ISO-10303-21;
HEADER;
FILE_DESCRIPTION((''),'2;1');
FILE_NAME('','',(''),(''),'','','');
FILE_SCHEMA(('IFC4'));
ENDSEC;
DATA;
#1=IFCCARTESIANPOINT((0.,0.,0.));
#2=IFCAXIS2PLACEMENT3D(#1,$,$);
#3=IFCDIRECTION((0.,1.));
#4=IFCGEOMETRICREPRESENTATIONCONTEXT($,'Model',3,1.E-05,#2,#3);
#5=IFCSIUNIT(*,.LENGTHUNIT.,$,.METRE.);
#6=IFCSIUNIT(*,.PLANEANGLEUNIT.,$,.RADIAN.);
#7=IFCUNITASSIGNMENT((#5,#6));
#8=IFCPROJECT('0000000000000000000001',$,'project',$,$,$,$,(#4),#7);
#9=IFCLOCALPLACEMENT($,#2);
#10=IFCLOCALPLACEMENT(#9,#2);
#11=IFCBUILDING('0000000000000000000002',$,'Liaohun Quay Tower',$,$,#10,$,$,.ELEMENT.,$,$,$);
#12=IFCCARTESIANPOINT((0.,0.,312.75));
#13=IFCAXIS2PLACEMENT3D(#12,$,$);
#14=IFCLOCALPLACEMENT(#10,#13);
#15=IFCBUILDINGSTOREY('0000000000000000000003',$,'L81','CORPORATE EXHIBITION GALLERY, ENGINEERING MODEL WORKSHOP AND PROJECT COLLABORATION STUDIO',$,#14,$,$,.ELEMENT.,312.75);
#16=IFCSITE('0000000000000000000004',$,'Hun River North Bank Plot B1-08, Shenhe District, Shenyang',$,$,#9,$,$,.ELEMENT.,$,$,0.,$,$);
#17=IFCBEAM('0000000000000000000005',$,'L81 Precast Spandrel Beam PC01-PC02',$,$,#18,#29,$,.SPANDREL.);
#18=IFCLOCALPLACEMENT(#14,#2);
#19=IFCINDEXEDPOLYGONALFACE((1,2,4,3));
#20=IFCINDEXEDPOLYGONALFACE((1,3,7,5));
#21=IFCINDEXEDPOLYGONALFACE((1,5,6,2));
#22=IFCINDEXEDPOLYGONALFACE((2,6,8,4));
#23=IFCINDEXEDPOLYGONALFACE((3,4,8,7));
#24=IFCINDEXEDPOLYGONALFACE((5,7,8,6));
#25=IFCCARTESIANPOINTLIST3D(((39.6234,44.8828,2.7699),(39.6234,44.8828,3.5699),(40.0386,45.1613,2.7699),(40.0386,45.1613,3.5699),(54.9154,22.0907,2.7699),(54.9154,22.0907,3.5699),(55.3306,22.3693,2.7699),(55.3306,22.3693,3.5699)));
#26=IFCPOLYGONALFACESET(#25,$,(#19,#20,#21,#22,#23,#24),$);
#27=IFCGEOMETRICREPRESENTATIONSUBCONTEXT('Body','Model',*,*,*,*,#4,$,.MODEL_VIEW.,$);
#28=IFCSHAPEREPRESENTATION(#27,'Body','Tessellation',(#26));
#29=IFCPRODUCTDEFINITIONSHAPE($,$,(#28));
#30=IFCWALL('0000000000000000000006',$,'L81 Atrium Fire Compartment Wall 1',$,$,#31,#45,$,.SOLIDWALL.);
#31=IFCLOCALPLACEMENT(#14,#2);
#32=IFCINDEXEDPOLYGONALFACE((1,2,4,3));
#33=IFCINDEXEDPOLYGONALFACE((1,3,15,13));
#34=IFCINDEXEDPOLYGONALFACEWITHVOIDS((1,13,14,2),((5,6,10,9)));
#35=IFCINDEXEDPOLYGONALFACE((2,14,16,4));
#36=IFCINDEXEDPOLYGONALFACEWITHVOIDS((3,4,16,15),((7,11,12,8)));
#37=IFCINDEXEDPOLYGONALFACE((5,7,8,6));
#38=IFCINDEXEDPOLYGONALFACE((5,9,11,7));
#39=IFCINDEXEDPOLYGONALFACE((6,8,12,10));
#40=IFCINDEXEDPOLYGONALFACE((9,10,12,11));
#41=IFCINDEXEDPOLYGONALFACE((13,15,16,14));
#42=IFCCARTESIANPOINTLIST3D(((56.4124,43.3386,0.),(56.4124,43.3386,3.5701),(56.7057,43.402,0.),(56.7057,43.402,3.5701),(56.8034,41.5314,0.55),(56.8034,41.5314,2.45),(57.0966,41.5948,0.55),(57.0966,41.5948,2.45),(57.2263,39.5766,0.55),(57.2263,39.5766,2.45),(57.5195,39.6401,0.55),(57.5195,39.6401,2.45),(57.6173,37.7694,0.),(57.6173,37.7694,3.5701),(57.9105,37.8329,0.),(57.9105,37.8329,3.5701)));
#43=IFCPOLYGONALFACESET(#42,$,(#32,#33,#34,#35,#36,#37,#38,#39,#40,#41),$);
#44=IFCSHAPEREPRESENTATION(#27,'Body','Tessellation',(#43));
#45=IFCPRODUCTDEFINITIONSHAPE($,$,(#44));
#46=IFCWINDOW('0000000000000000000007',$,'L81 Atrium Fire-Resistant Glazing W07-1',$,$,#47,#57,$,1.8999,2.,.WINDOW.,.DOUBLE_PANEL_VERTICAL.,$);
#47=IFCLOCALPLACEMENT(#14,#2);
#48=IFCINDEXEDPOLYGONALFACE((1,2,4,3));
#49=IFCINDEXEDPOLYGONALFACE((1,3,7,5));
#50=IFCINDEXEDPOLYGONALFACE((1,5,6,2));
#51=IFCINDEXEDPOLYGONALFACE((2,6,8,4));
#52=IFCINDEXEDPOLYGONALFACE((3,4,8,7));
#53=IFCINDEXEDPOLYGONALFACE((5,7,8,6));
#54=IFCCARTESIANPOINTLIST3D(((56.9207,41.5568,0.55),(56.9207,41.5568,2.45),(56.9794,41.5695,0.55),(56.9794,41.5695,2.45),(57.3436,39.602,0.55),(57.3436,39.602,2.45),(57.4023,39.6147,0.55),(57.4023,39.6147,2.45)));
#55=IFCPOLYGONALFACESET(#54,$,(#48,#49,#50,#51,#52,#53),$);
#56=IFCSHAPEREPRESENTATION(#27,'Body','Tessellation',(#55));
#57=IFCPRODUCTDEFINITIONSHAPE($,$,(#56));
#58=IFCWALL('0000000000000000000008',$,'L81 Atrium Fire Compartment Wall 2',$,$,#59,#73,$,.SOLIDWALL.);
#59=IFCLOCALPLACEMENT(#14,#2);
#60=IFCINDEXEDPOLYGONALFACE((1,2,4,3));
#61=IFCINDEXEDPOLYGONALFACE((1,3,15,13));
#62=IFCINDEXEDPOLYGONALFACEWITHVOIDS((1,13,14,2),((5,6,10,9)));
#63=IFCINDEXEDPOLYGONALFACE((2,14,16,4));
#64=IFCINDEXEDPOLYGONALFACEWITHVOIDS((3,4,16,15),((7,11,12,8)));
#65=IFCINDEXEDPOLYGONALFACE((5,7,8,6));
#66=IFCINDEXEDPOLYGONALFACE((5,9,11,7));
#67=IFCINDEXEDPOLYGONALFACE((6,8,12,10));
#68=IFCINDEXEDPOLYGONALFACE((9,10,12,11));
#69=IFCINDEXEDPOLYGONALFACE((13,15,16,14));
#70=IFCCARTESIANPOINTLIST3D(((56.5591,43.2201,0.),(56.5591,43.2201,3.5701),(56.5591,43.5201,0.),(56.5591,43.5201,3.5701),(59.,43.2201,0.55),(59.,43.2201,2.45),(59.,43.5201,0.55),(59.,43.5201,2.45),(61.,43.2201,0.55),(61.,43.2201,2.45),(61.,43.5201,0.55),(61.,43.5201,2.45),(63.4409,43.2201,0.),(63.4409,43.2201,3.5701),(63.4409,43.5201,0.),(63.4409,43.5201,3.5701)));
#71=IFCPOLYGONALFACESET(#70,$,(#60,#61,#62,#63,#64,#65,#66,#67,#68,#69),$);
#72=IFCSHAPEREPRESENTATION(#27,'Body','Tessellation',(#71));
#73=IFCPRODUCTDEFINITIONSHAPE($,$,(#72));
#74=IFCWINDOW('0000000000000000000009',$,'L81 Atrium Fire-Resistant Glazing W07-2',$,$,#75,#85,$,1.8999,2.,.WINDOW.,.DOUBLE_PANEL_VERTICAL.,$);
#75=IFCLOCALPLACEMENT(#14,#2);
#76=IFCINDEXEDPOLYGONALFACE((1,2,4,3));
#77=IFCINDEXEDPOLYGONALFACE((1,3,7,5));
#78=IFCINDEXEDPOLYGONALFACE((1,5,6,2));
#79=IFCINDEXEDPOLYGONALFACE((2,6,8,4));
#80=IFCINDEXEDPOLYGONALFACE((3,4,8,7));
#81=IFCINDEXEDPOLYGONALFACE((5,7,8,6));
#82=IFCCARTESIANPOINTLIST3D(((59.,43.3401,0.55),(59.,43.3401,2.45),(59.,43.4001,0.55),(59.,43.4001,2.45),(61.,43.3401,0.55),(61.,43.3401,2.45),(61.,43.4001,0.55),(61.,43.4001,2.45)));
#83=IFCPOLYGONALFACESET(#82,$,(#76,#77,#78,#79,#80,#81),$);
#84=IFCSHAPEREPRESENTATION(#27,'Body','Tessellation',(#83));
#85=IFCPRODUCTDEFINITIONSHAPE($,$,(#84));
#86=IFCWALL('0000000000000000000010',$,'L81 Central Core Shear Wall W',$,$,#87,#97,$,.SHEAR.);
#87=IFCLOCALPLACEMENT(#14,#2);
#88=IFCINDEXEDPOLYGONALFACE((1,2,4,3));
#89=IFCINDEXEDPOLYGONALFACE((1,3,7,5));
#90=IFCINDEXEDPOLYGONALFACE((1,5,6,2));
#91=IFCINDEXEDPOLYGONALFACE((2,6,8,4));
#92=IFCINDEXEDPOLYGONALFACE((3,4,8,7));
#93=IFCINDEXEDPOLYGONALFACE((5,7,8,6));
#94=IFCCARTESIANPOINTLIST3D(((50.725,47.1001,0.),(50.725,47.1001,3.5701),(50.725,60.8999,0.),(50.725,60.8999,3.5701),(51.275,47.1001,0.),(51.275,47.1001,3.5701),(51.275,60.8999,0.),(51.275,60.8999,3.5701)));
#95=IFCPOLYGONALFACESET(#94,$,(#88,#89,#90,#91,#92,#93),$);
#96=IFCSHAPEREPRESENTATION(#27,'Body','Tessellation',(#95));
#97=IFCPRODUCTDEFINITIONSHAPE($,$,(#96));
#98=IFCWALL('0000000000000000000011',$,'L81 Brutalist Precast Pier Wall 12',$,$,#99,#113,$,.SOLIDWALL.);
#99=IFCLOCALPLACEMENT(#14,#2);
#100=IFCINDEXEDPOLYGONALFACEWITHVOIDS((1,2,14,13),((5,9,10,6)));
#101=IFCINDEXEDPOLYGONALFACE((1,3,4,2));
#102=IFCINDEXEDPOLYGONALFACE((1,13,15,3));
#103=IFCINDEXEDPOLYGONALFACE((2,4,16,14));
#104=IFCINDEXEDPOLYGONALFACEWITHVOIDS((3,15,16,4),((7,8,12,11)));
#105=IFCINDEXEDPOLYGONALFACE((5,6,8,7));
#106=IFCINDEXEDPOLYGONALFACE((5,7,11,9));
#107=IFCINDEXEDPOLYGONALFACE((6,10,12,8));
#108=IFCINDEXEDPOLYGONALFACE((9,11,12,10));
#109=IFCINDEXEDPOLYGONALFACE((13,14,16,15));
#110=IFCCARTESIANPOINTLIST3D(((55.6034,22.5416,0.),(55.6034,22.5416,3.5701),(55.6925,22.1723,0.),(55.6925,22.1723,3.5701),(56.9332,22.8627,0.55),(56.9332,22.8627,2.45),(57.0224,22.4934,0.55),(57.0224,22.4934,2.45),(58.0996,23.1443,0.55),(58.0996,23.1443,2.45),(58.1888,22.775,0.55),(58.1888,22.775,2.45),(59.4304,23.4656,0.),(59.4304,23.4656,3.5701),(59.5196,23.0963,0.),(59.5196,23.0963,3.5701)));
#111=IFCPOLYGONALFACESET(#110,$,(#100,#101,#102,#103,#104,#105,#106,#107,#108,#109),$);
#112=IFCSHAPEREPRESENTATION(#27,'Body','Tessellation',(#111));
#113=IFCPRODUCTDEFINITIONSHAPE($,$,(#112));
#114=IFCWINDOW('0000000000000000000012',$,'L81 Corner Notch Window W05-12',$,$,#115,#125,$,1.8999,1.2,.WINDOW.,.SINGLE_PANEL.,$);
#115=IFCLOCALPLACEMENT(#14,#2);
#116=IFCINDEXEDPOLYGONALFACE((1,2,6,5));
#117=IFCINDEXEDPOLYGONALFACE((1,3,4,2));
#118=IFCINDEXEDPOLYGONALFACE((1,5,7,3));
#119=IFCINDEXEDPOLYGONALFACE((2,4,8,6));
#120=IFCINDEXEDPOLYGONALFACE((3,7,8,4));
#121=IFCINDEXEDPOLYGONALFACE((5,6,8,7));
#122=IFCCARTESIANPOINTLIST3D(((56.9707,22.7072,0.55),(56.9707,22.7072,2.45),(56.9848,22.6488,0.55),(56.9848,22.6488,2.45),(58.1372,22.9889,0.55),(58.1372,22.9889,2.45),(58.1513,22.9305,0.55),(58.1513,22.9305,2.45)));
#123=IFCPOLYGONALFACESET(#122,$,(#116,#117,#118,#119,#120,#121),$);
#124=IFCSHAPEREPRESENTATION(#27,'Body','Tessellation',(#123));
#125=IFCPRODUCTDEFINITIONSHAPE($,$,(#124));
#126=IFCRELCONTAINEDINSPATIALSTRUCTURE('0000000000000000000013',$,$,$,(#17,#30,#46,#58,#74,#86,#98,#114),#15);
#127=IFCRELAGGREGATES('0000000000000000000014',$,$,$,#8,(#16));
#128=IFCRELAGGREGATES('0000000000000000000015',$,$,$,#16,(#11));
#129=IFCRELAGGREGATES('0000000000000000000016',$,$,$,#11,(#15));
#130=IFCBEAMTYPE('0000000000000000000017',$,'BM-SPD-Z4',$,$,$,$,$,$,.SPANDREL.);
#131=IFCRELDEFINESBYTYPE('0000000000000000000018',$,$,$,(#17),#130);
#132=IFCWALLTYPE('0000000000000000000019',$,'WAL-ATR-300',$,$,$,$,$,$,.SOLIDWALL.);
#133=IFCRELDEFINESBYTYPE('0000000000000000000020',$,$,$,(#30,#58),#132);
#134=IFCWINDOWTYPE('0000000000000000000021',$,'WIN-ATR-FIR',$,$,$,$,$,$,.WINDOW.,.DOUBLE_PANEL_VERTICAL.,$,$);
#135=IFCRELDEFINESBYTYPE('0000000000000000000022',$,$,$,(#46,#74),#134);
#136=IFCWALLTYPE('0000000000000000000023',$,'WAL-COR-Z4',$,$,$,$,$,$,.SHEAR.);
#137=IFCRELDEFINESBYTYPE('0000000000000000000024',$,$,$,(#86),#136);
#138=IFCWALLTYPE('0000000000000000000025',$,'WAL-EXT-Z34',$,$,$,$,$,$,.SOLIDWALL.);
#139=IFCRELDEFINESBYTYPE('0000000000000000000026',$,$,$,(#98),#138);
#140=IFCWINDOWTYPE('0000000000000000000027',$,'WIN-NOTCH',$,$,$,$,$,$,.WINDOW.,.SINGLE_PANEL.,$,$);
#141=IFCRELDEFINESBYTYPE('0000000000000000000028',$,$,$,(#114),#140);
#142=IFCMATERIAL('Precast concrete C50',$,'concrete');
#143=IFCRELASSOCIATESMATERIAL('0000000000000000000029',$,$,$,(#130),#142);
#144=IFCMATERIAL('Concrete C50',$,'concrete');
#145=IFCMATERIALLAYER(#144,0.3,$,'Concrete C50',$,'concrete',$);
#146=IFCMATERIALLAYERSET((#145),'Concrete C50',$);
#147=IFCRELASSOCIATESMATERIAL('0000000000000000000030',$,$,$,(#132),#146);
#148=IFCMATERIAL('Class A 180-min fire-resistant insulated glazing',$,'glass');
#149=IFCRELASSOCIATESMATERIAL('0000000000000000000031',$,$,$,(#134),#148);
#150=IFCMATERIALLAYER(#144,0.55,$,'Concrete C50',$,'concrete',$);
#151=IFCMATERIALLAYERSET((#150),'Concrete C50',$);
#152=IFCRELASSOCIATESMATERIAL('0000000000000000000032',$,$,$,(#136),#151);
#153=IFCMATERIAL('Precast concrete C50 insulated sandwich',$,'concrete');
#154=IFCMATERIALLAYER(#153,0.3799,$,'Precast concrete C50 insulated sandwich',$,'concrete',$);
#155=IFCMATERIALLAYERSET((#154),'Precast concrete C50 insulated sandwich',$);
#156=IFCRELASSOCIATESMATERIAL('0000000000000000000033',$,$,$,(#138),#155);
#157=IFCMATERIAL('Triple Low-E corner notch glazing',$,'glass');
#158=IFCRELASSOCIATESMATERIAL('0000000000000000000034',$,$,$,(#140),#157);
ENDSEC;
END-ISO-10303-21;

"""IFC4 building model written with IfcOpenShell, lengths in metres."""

from ifc_helpers import new_model, si_unit, direction, frame, frame_2d, origin, origin_2d, place, context, subcontext, project, spatial, rectangle, extrude, source, transform, mapped, material, layer, layer_set, material_profile, profile_set, type_object, element, fill, save


model = new_model("IFC4")

# Units and contexts
model_context = context("Model", 3, precision=1e-05, world=origin(), true_north=direction((0.0, 1.0)))
body_context = subcontext(model_context, "Body", "Model", "MODEL_VIEW")
ifc_project = project(units=[si_unit("LENGTHUNIT", "METRE"), si_unit("PLANEANGLEUNIT", "RADIAN")], contexts=[model_context])

# Site, building, storey
site_placement = place(None, origin())
site = spatial("IfcSite", under=ifc_project, at=site_placement, Name="Hun River North Bank Plot B1-08, Shenhe District, Shenyang", CompositionType="ELEMENT", RefElevation=0.0)
building_placement = place(site_placement, origin())
building = spatial("IfcBuilding", under=site, at=building_placement, Name="Liaohun Quay Tower", CompositionType="ELEMENT")
storey_placement = place(building_placement, frame((0.0, 0.0, 312.75)))
storey = spatial("IfcBuildingStorey", under=building, at=storey_placement, Name="L81", Description="CORPORATE EXHIBITION GALLERY, ENGINEERING MODEL WORKSHOP AND PROJECT COLLABORATION STUDIO", CompositionType="ELEMENT", Elevation=312.75)

# Shared definitions
ifc_material_1 = material(Name="Concrete C50", Category="concrete")

# Beam
ifc_material_2 = material(Name="Precast concrete C50", Category="concrete")
ifc_material_profile_1 = material_profile(ifc_material_2, rectangle(XDim=0.5, YDim=0.8, at=origin_2d()), Name="RC500x800")
ifc_profile_set_1 = profile_set([ifc_material_profile_1], Name="Precast concrete C50")
beam_type_1 = type_object("IfcBeamType", Name="BM-SPD-Z4", PredefinedType="SPANDREL", material=ifc_profile_set_1)
shared_shape_1 = source(origin(), body_context, "Body", "SweptSolid", [
    extrude(rectangle(XDim=0.5, YDim=0.8, at=origin_2d()), origin(), (0.0, 0.0, 1.0), 27.4468),
])
beam_1_placement = place(storey_placement, frame((55.123, 22.23, 3.1699), z_axis=(-0.557153, 0.83041, 0.0), x_axis=(-0.83041, -0.557153, 0.0)))
element("IfcBeam", 1, at=beam_1_placement, inside=storey, type_object=beam_type_1, Name="L81 Precast Spandrel Beam PC01-PC02", PredefinedType="SPANDREL", context=body_context, shape_type="MappedRepresentation", body=[
    mapped(shared_shape_1, transform((0.0, 0.0, 0.0), x_axis=(1.0, 0.0, 0.0), y_axis=(0.0, 1.0, 0.0), z_axis=(0.0, 0.0, 1.0), scale=1.0)),
])

# Walls, openings, windows
ifc_layer_1 = layer(ifc_material_1, 0.3, Name="Concrete C50", Category="concrete")
ifc_layer_set_1 = layer_set([ifc_layer_1], Name="Concrete C50")
wall_type_1 = type_object("IfcWallType", Name="WAL-ATR-300", PredefinedType="SOLIDWALL", material=ifc_layer_set_1)
wall_1_placement = place(storey_placement, frame((57.7639, 37.801, 0.0), z_axis=(0.0, 0.0, 1.0), x_axis=(-0.211451, 0.977389, 0.0)))
wall_1 = element("IfcWall", 2, at=wall_1_placement, inside=storey, type_object=wall_type_1, Name="L81 Atrium Fire Compartment Wall 1", PredefinedType="SOLIDWALL", context=body_context, shape_type="SweptSolid", body=[
    extrude(rectangle(XDim=5.698, YDim=0.3, at=frame_2d((2.8491, 0.0))), origin(), (0.0, 0.0, 1.0), 3.5701),
])
shared_shape_2 = source(origin(), body_context, "Body", "SweptSolid", [
    extrude(rectangle(XDim=2.0, YDim=1.8999, at=frame_2d((1.0, 0.95))), frame((0.0, 0.1599, 0.0), z_axis=(0.0, -1.0, 0.0), x_axis=(1.0, 0.0, 0.0)), (0.0, 0.0, 1.0), 0.3201),
])
opening_1_placement = place(wall_1_placement, frame((1.8491, 0.0, 0.55)))
opening_1 = element("IfcOpeningElement", 3, at=opening_1_placement, cuts=wall_1, PredefinedType="OPENING", context=body_context, shape_type="MappedRepresentation", body=[
    mapped(shared_shape_2, transform((0.0, 0.0, 0.0), x_axis=(1.0, 0.0, 0.0), y_axis=(0.0, 1.0, 0.0), z_axis=(0.0, 0.0, 1.0), scale=1.0)),
])
ifc_material_3 = material(Name="Class A 180-min fire-resistant insulated glazing", Category="glass")
window_type_1 = type_object("IfcWindowType", Name="WIN-ATR-FIR", PartitioningType="DOUBLE_PANEL_VERTICAL", PredefinedType="WINDOW", material=ifc_material_3)
shared_shape_3 = source(origin(), body_context, "Body", "SweptSolid", [
    extrude(rectangle(XDim=2.0, YDim=1.8999, at=frame_2d((1.0, 0.95))), frame((0.0, 0.03, 0.0), z_axis=(0.0, -1.0, 0.0), x_axis=(1.0, 0.0, 0.0)), (0.0, 0.0, 1.0), 0.0601),
])
window_1_placement = place(opening_1_placement, origin())
window_1 = element("IfcWindow", 4, at=window_1_placement, inside=storey, type_object=window_type_1, Name="L81 Atrium Fire-Resistant Glazing W07-1", OverallHeight=1.8999, OverallWidth=2.0, PartitioningType="DOUBLE_PANEL_VERTICAL", PredefinedType="WINDOW", context=body_context, shape_type="MappedRepresentation", body=[
    mapped(shared_shape_3, transform((0.0, 0.0, 0.0), x_axis=(1.0, 0.0, 0.0), y_axis=(0.0, 1.0, 0.0), z_axis=(0.0, 0.0, 1.0), scale=1.0)),
])
fill(opening_1, window_1)
wall_2_placement = place(storey_placement, frame((56.5591, 43.3701, 0.0), z_axis=(0.0, 0.0, 1.0), x_axis=(1.0, 0.0, 0.0)))
wall_2 = element("IfcWall", 5, at=wall_2_placement, inside=storey, type_object=wall_type_1, Name="L81 Atrium Fire Compartment Wall 2", PredefinedType="SOLIDWALL", context=body_context, shape_type="SweptSolid", body=[
    extrude(rectangle(XDim=6.8818, YDim=0.3, at=frame_2d((3.4409, 0.0))), origin(), (0.0, 0.0, 1.0), 3.5701),
])
opening_2_placement = place(wall_2_placement, frame((2.4409, 0.0, 0.55)))
opening_2 = element("IfcOpeningElement", 6, at=opening_2_placement, cuts=wall_2, PredefinedType="OPENING", context=body_context, shape_type="MappedRepresentation", body=[
    mapped(shared_shape_2, transform((0.0, 0.0, 0.0), x_axis=(1.0, 0.0, 0.0), y_axis=(0.0, 1.0, 0.0), z_axis=(0.0, 0.0, 1.0), scale=1.0)),
])
window_2_placement = place(opening_2_placement, origin())
window_2 = element("IfcWindow", 7, at=window_2_placement, inside=storey, type_object=window_type_1, Name="L81 Atrium Fire-Resistant Glazing W07-2", OverallHeight=1.8999, OverallWidth=2.0, PartitioningType="DOUBLE_PANEL_VERTICAL", PredefinedType="WINDOW", context=body_context, shape_type="MappedRepresentation", body=[
    mapped(shared_shape_3, transform((0.0, 0.0, 0.0), x_axis=(1.0, 0.0, 0.0), y_axis=(0.0, 1.0, 0.0), z_axis=(0.0, 0.0, 1.0), scale=1.0)),
])
fill(opening_2, window_2)

# Wall
ifc_layer_2 = layer(ifc_material_1, 0.55, Name="Concrete C50", Category="concrete")
ifc_layer_set_2 = layer_set([ifc_layer_2], Name="Concrete C50")
wall_type_2 = type_object("IfcWallType", Name="WAL-COR-Z4", PredefinedType="SHEAR", material=ifc_layer_set_2)
wall_3_placement = place(storey_placement, frame((51.0, 47.1001, 0.0), z_axis=(0.0, 0.0, 1.0), x_axis=(0.0, 1.0, 0.0)))
element("IfcWall", 8, at=wall_3_placement, inside=storey, type_object=wall_type_2, Name="L81 Central Core Shear Wall W", PredefinedType="SHEAR", context=body_context, shape_type="SweptSolid", body=[
    extrude(rectangle(XDim=13.7998, YDim=0.55, at=frame_2d((6.8999, 0.0))), origin(), (0.0, 0.0, 1.0), 3.5701),
])

# Wall, opening, window
ifc_material_4 = material(Name="Precast concrete C50 insulated sandwich", Category="concrete")
ifc_layer_3 = layer(ifc_material_4, 0.3799, Name="Precast concrete C50 insulated sandwich", Category="concrete")
ifc_layer_set_3 = layer_set([ifc_layer_3], Name="Precast concrete C50 insulated sandwich")
wall_type_3 = type_object("IfcWallType", Name="WAL-EXT-Z34", PredefinedType="SOLIDWALL", material=ifc_layer_set_3)
wall_4_placement = place(storey_placement, frame((55.6479, 22.3569, 0.0), z_axis=(0.0, 0.0, 1.0), x_axis=(0.972066, 0.234707, 0.0)))
wall_4 = element("IfcWall", 9, at=wall_4_placement, inside=storey, type_object=wall_type_3, Name="L81 Brutalist Precast Pier Wall 12", PredefinedType="SOLIDWALL", context=body_context, shape_type="SweptSolid", body=[
    extrude(rectangle(XDim=3.937, YDim=0.3799, at=frame_2d((1.9685, 0.0))), origin(), (0.0, 0.0, 1.0), 3.5701),
])
shared_shape_4 = source(origin(), body_context, "Body", "SweptSolid", [
    extrude(rectangle(XDim=1.2, YDim=1.8999, at=frame_2d((0.6001, 0.95))), frame((0.0, 0.2, 0.0), z_axis=(0.0, -1.0, 0.0), x_axis=(1.0, 0.0, 0.0)), (0.0, 0.0, 1.0), 0.3999),
])
opening_3_placement = place(wall_4_placement, frame((1.3679, 0.0, 0.55)))
opening_3 = element("IfcOpeningElement", 10, at=opening_3_placement, cuts=wall_4, PredefinedType="OPENING", context=body_context, shape_type="MappedRepresentation", body=[
    mapped(shared_shape_4, transform((0.0, 0.0, 0.0), x_axis=(1.0, 0.0, 0.0), y_axis=(0.0, 1.0, 0.0), z_axis=(0.0, 0.0, 1.0), scale=1.0)),
])
ifc_material_5 = material(Name="Triple Low-E corner notch glazing", Category="glass")
window_type_2 = type_object("IfcWindowType", Name="WIN-NOTCH", PartitioningType="SINGLE_PANEL", PredefinedType="WINDOW", material=ifc_material_5)
shared_shape_5 = source(origin(), body_context, "Body", "SweptSolid", [
    extrude(rectangle(XDim=1.2, YDim=1.8999, at=frame_2d((0.6001, 0.95))), frame((0.0, 0.03, 0.0), z_axis=(0.0, -1.0, 0.0), x_axis=(1.0, 0.0, 0.0)), (0.0, 0.0, 1.0), 0.0601),
])
window_3_placement = place(opening_3_placement, origin())
window_3 = element("IfcWindow", 11, at=window_3_placement, inside=storey, type_object=window_type_2, Name="L81 Corner Notch Window W05-12", OverallHeight=1.8999, OverallWidth=1.2, PartitioningType="SINGLE_PANEL", PredefinedType="WINDOW", context=body_context, shape_type="MappedRepresentation", body=[
    mapped(shared_shape_5, transform((0.0, 0.0, 0.0), x_axis=(1.0, 0.0, 0.0), y_axis=(0.0, 1.0, 0.0), z_axis=(0.0, 0.0, 1.0), scale=1.0)),
])
fill(opening_3, window_3)

save(model, "model.ifc")
